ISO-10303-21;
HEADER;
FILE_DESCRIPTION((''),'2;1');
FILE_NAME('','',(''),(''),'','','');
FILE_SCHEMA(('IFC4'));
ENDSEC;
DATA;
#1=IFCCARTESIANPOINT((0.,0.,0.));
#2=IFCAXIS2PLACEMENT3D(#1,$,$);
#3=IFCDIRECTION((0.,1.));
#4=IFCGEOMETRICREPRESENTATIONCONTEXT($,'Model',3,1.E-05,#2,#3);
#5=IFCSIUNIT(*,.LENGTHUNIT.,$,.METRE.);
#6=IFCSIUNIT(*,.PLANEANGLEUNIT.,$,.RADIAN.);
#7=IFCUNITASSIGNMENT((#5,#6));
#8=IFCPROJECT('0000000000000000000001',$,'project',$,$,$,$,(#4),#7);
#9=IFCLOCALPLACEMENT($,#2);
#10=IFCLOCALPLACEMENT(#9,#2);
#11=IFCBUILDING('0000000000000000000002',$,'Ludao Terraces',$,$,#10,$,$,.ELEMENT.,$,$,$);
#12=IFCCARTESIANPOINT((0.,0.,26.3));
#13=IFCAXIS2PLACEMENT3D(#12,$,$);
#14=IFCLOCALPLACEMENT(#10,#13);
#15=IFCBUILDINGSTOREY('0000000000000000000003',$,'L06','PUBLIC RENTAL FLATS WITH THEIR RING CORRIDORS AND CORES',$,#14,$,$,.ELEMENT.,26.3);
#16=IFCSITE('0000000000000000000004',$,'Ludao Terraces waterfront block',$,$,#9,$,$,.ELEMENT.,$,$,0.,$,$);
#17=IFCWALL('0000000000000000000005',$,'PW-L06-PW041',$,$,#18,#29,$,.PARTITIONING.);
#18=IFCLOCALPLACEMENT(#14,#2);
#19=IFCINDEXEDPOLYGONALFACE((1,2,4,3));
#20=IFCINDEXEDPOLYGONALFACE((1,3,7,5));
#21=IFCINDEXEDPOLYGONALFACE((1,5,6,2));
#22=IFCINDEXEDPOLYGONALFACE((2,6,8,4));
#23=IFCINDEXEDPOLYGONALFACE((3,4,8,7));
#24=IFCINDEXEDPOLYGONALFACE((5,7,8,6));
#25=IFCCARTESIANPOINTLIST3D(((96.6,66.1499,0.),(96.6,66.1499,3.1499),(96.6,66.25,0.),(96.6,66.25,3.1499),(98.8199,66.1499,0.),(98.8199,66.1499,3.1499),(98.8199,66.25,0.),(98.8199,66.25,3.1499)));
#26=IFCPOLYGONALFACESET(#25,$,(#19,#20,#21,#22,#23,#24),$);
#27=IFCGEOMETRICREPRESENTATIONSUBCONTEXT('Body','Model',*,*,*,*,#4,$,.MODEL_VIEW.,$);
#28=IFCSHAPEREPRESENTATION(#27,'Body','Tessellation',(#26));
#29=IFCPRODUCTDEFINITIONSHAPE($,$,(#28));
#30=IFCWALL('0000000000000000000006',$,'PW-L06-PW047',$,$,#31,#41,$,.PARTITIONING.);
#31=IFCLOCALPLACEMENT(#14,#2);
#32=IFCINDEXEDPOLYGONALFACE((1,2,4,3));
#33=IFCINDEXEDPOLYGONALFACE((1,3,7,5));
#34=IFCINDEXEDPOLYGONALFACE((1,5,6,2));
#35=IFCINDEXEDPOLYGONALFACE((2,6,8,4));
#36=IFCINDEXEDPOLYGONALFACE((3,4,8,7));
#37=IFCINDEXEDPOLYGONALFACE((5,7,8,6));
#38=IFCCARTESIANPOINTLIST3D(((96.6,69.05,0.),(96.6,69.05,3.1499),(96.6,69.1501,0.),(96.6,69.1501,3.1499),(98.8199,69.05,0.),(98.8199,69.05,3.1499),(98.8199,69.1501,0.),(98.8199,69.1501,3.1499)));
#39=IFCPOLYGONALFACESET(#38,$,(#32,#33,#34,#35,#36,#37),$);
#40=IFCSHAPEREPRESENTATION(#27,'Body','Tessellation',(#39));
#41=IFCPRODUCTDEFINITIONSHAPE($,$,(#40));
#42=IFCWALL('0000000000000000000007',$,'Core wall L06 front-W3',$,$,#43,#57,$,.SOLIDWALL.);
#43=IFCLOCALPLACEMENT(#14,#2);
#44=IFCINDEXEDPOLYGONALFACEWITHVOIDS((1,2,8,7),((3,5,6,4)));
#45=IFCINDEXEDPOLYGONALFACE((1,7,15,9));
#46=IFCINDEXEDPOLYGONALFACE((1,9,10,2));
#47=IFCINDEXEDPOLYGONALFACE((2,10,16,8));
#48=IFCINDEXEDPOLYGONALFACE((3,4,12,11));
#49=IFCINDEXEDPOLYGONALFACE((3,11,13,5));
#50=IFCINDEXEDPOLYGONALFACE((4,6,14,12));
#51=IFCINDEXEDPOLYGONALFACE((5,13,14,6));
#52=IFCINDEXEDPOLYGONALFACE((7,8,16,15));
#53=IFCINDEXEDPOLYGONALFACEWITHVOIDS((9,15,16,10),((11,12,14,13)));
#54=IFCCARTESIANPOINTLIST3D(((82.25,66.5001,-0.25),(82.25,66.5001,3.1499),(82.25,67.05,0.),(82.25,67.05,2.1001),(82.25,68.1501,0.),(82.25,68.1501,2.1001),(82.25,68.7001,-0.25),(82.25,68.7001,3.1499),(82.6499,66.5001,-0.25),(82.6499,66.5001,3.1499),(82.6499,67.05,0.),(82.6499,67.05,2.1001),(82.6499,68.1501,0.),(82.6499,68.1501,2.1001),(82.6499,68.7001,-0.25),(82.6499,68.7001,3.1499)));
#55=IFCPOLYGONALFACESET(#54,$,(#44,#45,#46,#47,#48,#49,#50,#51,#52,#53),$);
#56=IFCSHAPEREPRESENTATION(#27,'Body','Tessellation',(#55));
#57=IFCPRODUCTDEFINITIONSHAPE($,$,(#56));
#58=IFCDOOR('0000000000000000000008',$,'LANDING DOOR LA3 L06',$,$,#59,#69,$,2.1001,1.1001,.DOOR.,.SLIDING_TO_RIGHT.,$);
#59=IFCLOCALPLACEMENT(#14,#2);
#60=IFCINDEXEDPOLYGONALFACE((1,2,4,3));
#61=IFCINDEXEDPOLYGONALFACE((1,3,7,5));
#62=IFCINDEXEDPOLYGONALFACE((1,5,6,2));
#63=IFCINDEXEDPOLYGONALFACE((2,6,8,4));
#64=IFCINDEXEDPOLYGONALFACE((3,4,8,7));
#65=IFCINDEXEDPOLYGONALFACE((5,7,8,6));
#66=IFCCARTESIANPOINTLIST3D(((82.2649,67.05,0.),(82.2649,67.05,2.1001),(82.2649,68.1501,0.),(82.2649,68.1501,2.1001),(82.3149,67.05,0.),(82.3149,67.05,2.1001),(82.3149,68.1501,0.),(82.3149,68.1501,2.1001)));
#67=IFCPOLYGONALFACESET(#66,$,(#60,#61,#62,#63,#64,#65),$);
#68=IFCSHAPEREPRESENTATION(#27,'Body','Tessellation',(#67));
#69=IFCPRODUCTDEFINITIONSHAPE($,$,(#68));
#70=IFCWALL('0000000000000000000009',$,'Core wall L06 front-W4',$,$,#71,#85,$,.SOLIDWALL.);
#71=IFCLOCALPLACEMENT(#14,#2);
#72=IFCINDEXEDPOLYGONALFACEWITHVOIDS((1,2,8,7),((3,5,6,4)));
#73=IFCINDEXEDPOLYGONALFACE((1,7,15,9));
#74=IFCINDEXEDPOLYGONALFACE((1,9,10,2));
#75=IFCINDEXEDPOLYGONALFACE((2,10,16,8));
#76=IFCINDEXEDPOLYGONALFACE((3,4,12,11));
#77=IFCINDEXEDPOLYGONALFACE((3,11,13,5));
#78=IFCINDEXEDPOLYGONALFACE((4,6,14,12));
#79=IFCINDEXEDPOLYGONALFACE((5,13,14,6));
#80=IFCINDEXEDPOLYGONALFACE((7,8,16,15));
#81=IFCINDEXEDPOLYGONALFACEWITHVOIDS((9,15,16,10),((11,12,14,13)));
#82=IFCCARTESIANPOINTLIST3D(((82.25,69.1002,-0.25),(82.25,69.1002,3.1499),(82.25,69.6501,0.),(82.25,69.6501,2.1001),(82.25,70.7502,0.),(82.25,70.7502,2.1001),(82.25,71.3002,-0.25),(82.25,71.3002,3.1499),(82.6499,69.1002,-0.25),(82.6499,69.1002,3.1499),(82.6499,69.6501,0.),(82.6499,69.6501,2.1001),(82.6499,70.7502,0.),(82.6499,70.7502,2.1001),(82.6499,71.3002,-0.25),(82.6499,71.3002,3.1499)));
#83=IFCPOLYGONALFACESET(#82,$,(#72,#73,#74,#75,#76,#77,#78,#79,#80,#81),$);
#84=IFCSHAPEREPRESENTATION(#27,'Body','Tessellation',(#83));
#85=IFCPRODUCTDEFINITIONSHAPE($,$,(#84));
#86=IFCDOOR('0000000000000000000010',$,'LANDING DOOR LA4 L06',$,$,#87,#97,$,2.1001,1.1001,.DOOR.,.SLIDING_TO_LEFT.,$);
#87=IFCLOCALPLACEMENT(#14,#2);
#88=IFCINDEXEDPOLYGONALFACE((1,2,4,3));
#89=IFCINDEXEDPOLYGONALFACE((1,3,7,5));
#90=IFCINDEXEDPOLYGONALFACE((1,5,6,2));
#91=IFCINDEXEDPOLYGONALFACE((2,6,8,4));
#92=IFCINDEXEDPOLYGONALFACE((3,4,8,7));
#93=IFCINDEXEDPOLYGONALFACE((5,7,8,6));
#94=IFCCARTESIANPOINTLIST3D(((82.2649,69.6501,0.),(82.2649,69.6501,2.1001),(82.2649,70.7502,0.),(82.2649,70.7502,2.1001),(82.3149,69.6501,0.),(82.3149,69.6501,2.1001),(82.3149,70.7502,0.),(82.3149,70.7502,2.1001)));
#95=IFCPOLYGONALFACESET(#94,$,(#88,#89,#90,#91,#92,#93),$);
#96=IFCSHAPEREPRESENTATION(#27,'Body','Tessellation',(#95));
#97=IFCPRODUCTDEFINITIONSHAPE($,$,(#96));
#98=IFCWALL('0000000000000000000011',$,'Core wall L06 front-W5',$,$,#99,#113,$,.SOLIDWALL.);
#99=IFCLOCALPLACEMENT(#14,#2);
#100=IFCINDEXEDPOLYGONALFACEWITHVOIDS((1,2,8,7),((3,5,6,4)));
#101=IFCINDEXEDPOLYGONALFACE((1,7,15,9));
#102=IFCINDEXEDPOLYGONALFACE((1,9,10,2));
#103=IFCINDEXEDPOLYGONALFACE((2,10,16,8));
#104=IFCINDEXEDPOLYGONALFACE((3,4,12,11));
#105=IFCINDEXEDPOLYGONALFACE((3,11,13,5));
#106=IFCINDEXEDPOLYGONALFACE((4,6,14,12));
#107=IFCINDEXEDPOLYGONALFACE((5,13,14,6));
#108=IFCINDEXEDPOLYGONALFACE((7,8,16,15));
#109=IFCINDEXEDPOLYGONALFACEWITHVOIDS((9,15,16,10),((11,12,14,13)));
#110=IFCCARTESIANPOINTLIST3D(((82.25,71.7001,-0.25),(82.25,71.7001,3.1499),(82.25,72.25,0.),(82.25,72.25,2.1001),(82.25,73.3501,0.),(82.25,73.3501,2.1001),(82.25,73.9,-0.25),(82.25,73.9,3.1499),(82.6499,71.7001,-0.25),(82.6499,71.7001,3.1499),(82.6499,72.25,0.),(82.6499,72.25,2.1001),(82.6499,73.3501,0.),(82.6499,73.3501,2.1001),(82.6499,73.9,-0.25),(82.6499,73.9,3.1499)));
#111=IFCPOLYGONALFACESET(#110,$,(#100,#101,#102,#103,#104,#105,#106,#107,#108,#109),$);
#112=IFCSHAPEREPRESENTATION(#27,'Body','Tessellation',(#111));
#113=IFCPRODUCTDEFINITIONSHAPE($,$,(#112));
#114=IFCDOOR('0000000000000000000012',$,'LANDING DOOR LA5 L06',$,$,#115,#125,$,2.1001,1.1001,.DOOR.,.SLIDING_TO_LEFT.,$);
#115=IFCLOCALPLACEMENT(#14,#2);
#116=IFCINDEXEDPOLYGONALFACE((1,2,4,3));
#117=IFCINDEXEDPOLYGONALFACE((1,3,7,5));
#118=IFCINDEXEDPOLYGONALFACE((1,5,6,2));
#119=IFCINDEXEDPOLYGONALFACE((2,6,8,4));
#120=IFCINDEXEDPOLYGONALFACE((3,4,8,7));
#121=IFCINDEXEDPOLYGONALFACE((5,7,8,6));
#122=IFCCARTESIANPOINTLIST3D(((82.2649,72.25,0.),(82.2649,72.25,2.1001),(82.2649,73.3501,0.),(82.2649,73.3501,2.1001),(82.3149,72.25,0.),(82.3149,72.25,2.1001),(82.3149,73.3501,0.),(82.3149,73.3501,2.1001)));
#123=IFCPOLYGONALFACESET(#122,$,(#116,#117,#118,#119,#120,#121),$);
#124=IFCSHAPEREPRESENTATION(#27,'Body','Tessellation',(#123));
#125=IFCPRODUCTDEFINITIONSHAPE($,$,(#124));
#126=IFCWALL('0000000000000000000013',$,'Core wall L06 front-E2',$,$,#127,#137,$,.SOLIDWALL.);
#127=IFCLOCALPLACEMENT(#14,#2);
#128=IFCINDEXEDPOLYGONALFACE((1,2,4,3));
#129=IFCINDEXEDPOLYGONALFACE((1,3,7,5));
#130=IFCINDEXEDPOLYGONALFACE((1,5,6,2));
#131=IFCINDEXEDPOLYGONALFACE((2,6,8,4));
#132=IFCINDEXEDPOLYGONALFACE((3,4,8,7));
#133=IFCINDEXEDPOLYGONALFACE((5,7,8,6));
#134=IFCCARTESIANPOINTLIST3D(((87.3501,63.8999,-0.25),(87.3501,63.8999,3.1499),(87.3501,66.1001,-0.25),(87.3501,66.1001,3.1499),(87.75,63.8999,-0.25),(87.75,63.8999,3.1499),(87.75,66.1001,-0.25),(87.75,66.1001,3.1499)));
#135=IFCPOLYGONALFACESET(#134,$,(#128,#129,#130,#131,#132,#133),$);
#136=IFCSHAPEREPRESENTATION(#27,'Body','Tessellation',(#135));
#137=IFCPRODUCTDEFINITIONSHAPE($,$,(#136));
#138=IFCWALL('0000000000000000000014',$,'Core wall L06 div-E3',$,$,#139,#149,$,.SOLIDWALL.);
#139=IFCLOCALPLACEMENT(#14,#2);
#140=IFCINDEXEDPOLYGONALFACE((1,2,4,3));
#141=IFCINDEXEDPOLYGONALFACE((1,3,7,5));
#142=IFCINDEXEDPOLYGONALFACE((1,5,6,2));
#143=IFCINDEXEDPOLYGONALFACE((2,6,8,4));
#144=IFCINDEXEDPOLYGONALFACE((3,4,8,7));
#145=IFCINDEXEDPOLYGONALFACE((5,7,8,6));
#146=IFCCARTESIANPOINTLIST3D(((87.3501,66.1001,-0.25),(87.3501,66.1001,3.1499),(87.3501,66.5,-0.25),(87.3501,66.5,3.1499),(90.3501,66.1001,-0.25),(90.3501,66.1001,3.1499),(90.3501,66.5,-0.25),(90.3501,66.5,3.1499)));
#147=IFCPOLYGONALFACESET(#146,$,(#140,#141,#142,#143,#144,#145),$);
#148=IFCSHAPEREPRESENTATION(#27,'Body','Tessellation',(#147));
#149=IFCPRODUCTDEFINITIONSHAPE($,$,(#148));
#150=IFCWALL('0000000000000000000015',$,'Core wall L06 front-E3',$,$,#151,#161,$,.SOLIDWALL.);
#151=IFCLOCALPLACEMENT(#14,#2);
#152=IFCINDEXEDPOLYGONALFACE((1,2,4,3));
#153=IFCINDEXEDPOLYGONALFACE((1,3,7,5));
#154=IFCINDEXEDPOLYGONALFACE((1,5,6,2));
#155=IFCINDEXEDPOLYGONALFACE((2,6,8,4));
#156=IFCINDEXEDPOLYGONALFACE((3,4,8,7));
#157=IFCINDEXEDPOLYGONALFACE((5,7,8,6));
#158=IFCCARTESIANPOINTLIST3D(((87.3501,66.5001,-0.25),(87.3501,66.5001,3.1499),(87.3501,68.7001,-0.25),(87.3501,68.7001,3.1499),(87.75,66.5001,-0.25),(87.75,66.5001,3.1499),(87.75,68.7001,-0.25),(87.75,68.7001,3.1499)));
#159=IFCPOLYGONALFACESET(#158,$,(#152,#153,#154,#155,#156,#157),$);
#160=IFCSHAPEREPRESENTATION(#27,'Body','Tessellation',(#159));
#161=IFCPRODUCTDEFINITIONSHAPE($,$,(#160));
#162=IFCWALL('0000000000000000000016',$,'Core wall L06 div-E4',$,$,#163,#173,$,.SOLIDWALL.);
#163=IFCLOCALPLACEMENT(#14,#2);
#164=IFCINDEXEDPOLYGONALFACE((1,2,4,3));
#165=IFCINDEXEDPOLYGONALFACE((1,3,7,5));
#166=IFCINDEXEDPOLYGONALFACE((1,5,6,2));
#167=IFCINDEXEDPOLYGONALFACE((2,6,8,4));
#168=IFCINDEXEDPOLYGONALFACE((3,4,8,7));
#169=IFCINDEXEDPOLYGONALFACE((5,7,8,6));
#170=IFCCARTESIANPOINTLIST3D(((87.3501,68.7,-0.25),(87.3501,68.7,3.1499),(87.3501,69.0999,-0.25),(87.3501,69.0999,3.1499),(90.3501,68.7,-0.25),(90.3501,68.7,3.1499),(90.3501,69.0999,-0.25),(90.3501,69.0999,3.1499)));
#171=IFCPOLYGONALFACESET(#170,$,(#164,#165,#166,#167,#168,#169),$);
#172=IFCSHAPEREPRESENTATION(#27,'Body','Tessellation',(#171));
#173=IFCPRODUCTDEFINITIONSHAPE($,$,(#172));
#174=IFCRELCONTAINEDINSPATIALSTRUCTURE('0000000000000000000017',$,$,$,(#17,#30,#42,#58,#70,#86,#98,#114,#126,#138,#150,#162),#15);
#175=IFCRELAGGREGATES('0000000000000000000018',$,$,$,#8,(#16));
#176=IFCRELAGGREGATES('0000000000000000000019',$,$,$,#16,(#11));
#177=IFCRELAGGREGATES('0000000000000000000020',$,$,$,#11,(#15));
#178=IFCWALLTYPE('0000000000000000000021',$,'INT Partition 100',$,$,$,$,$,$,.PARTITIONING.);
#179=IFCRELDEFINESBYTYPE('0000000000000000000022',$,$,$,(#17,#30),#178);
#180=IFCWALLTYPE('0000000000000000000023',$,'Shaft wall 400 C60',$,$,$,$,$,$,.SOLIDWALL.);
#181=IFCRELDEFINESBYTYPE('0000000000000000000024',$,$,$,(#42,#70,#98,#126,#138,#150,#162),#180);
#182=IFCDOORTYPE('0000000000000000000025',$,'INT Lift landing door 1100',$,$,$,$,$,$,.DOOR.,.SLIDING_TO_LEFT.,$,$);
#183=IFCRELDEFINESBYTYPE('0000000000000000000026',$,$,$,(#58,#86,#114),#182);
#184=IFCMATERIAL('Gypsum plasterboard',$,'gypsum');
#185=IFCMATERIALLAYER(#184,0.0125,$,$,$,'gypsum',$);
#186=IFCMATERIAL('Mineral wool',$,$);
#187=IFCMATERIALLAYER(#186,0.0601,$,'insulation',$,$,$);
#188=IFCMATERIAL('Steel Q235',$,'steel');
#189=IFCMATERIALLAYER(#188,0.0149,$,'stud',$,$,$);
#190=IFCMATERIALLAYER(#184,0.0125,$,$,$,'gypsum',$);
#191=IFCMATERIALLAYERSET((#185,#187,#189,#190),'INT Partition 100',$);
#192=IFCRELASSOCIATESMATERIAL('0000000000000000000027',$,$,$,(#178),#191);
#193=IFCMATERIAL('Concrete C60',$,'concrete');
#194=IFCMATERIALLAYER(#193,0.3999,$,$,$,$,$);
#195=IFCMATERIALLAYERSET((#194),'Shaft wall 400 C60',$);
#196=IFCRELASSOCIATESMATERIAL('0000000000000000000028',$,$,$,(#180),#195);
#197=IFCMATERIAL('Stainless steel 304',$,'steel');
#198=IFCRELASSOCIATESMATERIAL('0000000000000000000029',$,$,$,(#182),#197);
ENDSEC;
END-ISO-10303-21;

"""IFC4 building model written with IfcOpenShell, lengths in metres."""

from ifc_helpers import new_model, si_unit, direction, frame, frame_2d, origin, place, context, subcontext, project, spatial, rectangle, extrude, material, layer, layer_set, type_object, element, fill, save


model = new_model("IFC4")

# Units and contexts
model_context = context("Model", 3, precision=1e-05, world=origin(), true_north=direction((0.0, 1.0)))
body_context = subcontext(model_context, "Body", "Model", "MODEL_VIEW")
ifc_project = project(units=[si_unit("LENGTHUNIT", "METRE"), si_unit("PLANEANGLEUNIT", "RADIAN")], contexts=[model_context])

# Site, building, storey
site_placement = place(None, origin())
site = spatial("IfcSite", under=ifc_project, at=site_placement, Name="Ludao Terraces waterfront block", CompositionType="ELEMENT", RefElevation=0.0)
building_placement = place(site_placement, origin())
building = spatial("IfcBuilding", under=site, at=building_placement, Name="Ludao Terraces", CompositionType="ELEMENT")
storey_placement = place(building_placement, frame((0.0, 0.0, 26.3)))
storey = spatial("IfcBuildingStorey", under=building, at=storey_placement, Name="L06", Description="PUBLIC RENTAL FLATS WITH THEIR RING CORRIDORS AND CORES", CompositionType="ELEMENT", Elevation=26.3)

# Walls
ifc_material_1 = material(Name="Gypsum plasterboard", Category="gypsum")
ifc_layer_1 = layer(ifc_material_1, 0.0125, Category="gypsum")
ifc_material_2 = material(Name="Mineral wool")
ifc_layer_2 = layer(ifc_material_2, 0.0601, Name="insulation")
ifc_material_3 = material(Name="Steel Q235", Category="steel")
ifc_layer_3 = layer(ifc_material_3, 0.0149, Name="stud")
ifc_layer_4 = layer(ifc_material_1, 0.0125, Category="gypsum")
ifc_layer_set_1 = layer_set([ifc_layer_1, ifc_layer_2, ifc_layer_3, ifc_layer_4], Name="INT Partition 100")
wall_type_1 = type_object("IfcWallType", Name="INT Partition 100", PredefinedType="PARTITIONING", material=ifc_layer_set_1)
for number, where, z_axis, x_axis, name in (
    (1, (96.6001, 66.2, 0.0), (0.0, 0.0, 1.0), (1.0, 0.0, 0.0), "PW-L06-PW041"),
    (2, (96.6001, 69.1001, 0.0), (0.0, 0.0, 1.0), (1.0, 0.0, 0.0), "PW-L06-PW047"),
):
    element("IfcWall", number, at=place(storey_placement, frame(where, z_axis=z_axis, x_axis=x_axis)), inside=storey, type_object=wall_type_1, Name=name, PredefinedType="PARTITIONING", context=body_context, shape_type="SweptSolid", body=[
        extrude(rectangle(XDim=2.22, YDim=0.1001, at=frame_2d((1.1099, 0.0))), origin(), (0.0, 0.0, 1.0), 3.1499),
    ])

# Walls, openings, doors
ifc_material_4 = material(Name="Concrete C60", Category="concrete")
ifc_layer_5 = layer(ifc_material_4, 0.3999)
ifc_layer_set_2 = layer_set([ifc_layer_5], Name="Shaft wall 400 C60")
wall_type_2 = type_object("IfcWallType", Name="Shaft wall 400 C60", PredefinedType="SOLIDWALL", material=ifc_layer_set_2)
wall_1_placement = place(storey_placement, frame((82.45, 66.5, -0.25), z_axis=(0.0, 0.0, 1.0), x_axis=(0.0, 1.0, 0.0)))
wall_1 = element("IfcWall", 3, at=wall_1_placement, inside=storey, type_object=wall_type_2, Name="Core wall L06 front-W3", PredefinedType="SOLIDWALL", context=body_context, shape_type="SweptSolid", body=[
    extrude(rectangle(XDim=2.2, YDim=0.3999, at=frame_2d((1.1001, 0.0))), origin(), (0.0, 0.0, 1.0), 3.3999),
])
opening_1_placement = place(wall_1_placement, frame((0.55, 0.0, 0.25)))
opening_1 = element("IfcOpeningElement", 4, at=opening_1_placement, cuts=wall_1, PredefinedType="OPENING", context=body_context, shape_type="SweptSolid", body=[
    extrude(rectangle(XDim=1.1001, YDim=2.1001, at=frame_2d((0.55, 1.05))), frame((0.0, 0.21, 0.0), z_axis=(0.0, -1.0, 0.0), x_axis=(1.0, 0.0, 0.0)), (0.0, 0.0, 1.0), 0.4199),
])
ifc_material_5 = material(Name="Stainless steel 304", Category="steel")
door_type_1 = type_object("IfcDoorType", Name="INT Lift landing door 1100", OperationType="SLIDING_TO_LEFT", PredefinedType="DOOR", material=ifc_material_5)
door_1_placement = place(opening_1_placement, origin())
door_1 = element("IfcDoor", 5, at=door_1_placement, inside=storey, type_object=door_type_1, Name="LANDING DOOR LA3 L06", OperationType="SLIDING_TO_RIGHT", OverallHeight=2.1001, OverallWidth=1.1001, PredefinedType="DOOR", context=body_context, shape_type="SweptSolid", body=[
    extrude(rectangle(XDim=1.1001, YDim=2.1001, at=frame_2d((0.55, 1.05))), frame((0.0, 0.1851, 0.0), z_axis=(0.0, -1.0, 0.0), x_axis=(1.0, 0.0, 0.0)), (0.0, 0.0, 1.0), 0.05),
])
fill(opening_1, door_1)
wall_2_placement = place(storey_placement, frame((82.45, 69.1001, -0.25), z_axis=(0.0, 0.0, 1.0), x_axis=(0.0, 1.0, 0.0)))
wall_2 = element("IfcWall", 6, at=wall_2_placement, inside=storey, type_object=wall_type_2, Name="Core wall L06 front-W4", PredefinedType="SOLIDWALL", context=body_context, shape_type="SweptSolid", body=[
    extrude(rectangle(XDim=2.2, YDim=0.3999, at=frame_2d((1.1001, 0.0))), origin(), (0.0, 0.0, 1.0), 3.3999),
])
opening_2_placement = place(wall_2_placement, frame((0.55, 0.0, 0.25)))
opening_2 = element("IfcOpeningElement", 7, at=opening_2_placement, cuts=wall_2, PredefinedType="OPENING", context=body_context, shape_type="SweptSolid", body=[
    extrude(rectangle(XDim=1.1001, YDim=2.1001, at=frame_2d((0.55, 1.05))), frame((0.0, 0.21, 0.0), z_axis=(0.0, -1.0, 0.0), x_axis=(1.0, 0.0, 0.0)), (0.0, 0.0, 1.0), 0.4199),
])
door_2_placement = place(opening_2_placement, origin())
door_2 = element("IfcDoor", 8, at=door_2_placement, inside=storey, type_object=door_type_1, Name="LANDING DOOR LA4 L06", OperationType="SLIDING_TO_LEFT", OverallHeight=2.1001, OverallWidth=1.1001, PredefinedType="DOOR", context=body_context, shape_type="SweptSolid", body=[
    extrude(rectangle(XDim=1.1001, YDim=2.1001, at=frame_2d((0.55, 1.05))), frame((0.0, 0.1851, 0.0), z_axis=(0.0, -1.0, 0.0), x_axis=(1.0, 0.0, 0.0)), (0.0, 0.0, 1.0), 0.05),
])
fill(opening_2, door_2)
wall_3_placement = place(storey_placement, frame((82.45, 71.7, -0.25), z_axis=(0.0, 0.0, 1.0), x_axis=(0.0, 1.0, 0.0)))
wall_3 = element("IfcWall", 9, at=wall_3_placement, inside=storey, type_object=wall_type_2, Name="Core wall L06 front-W5", PredefinedType="SOLIDWALL", context=body_context, shape_type="SweptSolid", body=[
    extrude(rectangle(XDim=2.2, YDim=0.3999, at=frame_2d((1.1001, 0.0))), origin(), (0.0, 0.0, 1.0), 3.3999),
])
opening_3_placement = place(wall_3_placement, frame((0.55, 0.0, 0.25)))
opening_3 = element("IfcOpeningElement", 10, at=opening_3_placement, cuts=wall_3, PredefinedType="OPENING", context=body_context, shape_type="SweptSolid", body=[
    extrude(rectangle(XDim=1.1001, YDim=2.1001, at=frame_2d((0.55, 1.05))), frame((0.0, 0.21, 0.0), z_axis=(0.0, -1.0, 0.0), x_axis=(1.0, 0.0, 0.0)), (0.0, 0.0, 1.0), 0.4199),
])
door_3_placement = place(opening_3_placement, origin())
door_3 = element("IfcDoor", 11, at=door_3_placement, inside=storey, type_object=door_type_1, Name="LANDING DOOR LA5 L06", OperationType="SLIDING_TO_LEFT", OverallHeight=2.1001, OverallWidth=1.1001, PredefinedType="DOOR", context=body_context, shape_type="SweptSolid", body=[
    extrude(rectangle(XDim=1.1001, YDim=2.1001, at=frame_2d((0.55, 1.05))), frame((0.0, 0.1851, 0.0), z_axis=(0.0, -1.0, 0.0), x_axis=(1.0, 0.0, 0.0)), (0.0, 0.0, 1.0), 0.05),
])
fill(opening_3, door_3)

# Walls
wall_4_placement = place(storey_placement, frame((87.55, 63.8999, -0.25), z_axis=(0.0, 0.0, 1.0), x_axis=(0.0, 1.0, 0.0)))
element("IfcWall", 12, at=wall_4_placement, inside=storey, type_object=wall_type_2, Name="Core wall L06 front-E2", PredefinedType="SOLIDWALL", context=body_context, shape_type="SweptSolid", body=[
    extrude(rectangle(XDim=2.2002, YDim=0.3999, at=frame_2d((1.1001, 0.0))), origin(), (0.0, 0.0, 1.0), 3.3999),
])
wall_5_placement = place(storey_placement, frame((87.3501, 66.3, -0.25), z_axis=(0.0, 0.0, 1.0), x_axis=(1.0, 0.0, 0.0)))
element("IfcWall", 13, at=wall_5_placement, inside=storey, type_object=wall_type_2, Name="Core wall L06 div-E3", PredefinedType="SOLIDWALL", context=body_context, shape_type="SweptSolid", body=[
    extrude(rectangle(XDim=3.0, YDim=0.3999, at=frame_2d((1.5, 0.0))), origin(), (0.0, 0.0, 1.0), 3.3999),
])
wall_6_placement = place(storey_placement, frame((87.55, 66.5, -0.25), z_axis=(0.0, 0.0, 1.0), x_axis=(0.0, 1.0, 0.0)))
element("IfcWall", 14, at=wall_6_placement, inside=storey, type_object=wall_type_2, Name="Core wall L06 front-E3", PredefinedType="SOLIDWALL", context=body_context, shape_type="SweptSolid", body=[
    extrude(rectangle(XDim=2.2, YDim=0.3999, at=frame_2d((1.1001, 0.0))), origin(), (0.0, 0.0, 1.0), 3.3999),
])
wall_7_placement = place(storey_placement, frame((87.3501, 68.8999, -0.25), z_axis=(0.0, 0.0, 1.0), x_axis=(1.0, 0.0, 0.0)))
element("IfcWall", 15, at=wall_7_placement, inside=storey, type_object=wall_type_2, Name="Core wall L06 div-E4", PredefinedType="SOLIDWALL", context=body_context, shape_type="SweptSolid", body=[
    extrude(rectangle(XDim=3.0, YDim=0.3999, at=frame_2d((1.5, 0.0))), origin(), (0.0, 0.0, 1.0), 3.3999),
])

save(model, "model.ifc")
